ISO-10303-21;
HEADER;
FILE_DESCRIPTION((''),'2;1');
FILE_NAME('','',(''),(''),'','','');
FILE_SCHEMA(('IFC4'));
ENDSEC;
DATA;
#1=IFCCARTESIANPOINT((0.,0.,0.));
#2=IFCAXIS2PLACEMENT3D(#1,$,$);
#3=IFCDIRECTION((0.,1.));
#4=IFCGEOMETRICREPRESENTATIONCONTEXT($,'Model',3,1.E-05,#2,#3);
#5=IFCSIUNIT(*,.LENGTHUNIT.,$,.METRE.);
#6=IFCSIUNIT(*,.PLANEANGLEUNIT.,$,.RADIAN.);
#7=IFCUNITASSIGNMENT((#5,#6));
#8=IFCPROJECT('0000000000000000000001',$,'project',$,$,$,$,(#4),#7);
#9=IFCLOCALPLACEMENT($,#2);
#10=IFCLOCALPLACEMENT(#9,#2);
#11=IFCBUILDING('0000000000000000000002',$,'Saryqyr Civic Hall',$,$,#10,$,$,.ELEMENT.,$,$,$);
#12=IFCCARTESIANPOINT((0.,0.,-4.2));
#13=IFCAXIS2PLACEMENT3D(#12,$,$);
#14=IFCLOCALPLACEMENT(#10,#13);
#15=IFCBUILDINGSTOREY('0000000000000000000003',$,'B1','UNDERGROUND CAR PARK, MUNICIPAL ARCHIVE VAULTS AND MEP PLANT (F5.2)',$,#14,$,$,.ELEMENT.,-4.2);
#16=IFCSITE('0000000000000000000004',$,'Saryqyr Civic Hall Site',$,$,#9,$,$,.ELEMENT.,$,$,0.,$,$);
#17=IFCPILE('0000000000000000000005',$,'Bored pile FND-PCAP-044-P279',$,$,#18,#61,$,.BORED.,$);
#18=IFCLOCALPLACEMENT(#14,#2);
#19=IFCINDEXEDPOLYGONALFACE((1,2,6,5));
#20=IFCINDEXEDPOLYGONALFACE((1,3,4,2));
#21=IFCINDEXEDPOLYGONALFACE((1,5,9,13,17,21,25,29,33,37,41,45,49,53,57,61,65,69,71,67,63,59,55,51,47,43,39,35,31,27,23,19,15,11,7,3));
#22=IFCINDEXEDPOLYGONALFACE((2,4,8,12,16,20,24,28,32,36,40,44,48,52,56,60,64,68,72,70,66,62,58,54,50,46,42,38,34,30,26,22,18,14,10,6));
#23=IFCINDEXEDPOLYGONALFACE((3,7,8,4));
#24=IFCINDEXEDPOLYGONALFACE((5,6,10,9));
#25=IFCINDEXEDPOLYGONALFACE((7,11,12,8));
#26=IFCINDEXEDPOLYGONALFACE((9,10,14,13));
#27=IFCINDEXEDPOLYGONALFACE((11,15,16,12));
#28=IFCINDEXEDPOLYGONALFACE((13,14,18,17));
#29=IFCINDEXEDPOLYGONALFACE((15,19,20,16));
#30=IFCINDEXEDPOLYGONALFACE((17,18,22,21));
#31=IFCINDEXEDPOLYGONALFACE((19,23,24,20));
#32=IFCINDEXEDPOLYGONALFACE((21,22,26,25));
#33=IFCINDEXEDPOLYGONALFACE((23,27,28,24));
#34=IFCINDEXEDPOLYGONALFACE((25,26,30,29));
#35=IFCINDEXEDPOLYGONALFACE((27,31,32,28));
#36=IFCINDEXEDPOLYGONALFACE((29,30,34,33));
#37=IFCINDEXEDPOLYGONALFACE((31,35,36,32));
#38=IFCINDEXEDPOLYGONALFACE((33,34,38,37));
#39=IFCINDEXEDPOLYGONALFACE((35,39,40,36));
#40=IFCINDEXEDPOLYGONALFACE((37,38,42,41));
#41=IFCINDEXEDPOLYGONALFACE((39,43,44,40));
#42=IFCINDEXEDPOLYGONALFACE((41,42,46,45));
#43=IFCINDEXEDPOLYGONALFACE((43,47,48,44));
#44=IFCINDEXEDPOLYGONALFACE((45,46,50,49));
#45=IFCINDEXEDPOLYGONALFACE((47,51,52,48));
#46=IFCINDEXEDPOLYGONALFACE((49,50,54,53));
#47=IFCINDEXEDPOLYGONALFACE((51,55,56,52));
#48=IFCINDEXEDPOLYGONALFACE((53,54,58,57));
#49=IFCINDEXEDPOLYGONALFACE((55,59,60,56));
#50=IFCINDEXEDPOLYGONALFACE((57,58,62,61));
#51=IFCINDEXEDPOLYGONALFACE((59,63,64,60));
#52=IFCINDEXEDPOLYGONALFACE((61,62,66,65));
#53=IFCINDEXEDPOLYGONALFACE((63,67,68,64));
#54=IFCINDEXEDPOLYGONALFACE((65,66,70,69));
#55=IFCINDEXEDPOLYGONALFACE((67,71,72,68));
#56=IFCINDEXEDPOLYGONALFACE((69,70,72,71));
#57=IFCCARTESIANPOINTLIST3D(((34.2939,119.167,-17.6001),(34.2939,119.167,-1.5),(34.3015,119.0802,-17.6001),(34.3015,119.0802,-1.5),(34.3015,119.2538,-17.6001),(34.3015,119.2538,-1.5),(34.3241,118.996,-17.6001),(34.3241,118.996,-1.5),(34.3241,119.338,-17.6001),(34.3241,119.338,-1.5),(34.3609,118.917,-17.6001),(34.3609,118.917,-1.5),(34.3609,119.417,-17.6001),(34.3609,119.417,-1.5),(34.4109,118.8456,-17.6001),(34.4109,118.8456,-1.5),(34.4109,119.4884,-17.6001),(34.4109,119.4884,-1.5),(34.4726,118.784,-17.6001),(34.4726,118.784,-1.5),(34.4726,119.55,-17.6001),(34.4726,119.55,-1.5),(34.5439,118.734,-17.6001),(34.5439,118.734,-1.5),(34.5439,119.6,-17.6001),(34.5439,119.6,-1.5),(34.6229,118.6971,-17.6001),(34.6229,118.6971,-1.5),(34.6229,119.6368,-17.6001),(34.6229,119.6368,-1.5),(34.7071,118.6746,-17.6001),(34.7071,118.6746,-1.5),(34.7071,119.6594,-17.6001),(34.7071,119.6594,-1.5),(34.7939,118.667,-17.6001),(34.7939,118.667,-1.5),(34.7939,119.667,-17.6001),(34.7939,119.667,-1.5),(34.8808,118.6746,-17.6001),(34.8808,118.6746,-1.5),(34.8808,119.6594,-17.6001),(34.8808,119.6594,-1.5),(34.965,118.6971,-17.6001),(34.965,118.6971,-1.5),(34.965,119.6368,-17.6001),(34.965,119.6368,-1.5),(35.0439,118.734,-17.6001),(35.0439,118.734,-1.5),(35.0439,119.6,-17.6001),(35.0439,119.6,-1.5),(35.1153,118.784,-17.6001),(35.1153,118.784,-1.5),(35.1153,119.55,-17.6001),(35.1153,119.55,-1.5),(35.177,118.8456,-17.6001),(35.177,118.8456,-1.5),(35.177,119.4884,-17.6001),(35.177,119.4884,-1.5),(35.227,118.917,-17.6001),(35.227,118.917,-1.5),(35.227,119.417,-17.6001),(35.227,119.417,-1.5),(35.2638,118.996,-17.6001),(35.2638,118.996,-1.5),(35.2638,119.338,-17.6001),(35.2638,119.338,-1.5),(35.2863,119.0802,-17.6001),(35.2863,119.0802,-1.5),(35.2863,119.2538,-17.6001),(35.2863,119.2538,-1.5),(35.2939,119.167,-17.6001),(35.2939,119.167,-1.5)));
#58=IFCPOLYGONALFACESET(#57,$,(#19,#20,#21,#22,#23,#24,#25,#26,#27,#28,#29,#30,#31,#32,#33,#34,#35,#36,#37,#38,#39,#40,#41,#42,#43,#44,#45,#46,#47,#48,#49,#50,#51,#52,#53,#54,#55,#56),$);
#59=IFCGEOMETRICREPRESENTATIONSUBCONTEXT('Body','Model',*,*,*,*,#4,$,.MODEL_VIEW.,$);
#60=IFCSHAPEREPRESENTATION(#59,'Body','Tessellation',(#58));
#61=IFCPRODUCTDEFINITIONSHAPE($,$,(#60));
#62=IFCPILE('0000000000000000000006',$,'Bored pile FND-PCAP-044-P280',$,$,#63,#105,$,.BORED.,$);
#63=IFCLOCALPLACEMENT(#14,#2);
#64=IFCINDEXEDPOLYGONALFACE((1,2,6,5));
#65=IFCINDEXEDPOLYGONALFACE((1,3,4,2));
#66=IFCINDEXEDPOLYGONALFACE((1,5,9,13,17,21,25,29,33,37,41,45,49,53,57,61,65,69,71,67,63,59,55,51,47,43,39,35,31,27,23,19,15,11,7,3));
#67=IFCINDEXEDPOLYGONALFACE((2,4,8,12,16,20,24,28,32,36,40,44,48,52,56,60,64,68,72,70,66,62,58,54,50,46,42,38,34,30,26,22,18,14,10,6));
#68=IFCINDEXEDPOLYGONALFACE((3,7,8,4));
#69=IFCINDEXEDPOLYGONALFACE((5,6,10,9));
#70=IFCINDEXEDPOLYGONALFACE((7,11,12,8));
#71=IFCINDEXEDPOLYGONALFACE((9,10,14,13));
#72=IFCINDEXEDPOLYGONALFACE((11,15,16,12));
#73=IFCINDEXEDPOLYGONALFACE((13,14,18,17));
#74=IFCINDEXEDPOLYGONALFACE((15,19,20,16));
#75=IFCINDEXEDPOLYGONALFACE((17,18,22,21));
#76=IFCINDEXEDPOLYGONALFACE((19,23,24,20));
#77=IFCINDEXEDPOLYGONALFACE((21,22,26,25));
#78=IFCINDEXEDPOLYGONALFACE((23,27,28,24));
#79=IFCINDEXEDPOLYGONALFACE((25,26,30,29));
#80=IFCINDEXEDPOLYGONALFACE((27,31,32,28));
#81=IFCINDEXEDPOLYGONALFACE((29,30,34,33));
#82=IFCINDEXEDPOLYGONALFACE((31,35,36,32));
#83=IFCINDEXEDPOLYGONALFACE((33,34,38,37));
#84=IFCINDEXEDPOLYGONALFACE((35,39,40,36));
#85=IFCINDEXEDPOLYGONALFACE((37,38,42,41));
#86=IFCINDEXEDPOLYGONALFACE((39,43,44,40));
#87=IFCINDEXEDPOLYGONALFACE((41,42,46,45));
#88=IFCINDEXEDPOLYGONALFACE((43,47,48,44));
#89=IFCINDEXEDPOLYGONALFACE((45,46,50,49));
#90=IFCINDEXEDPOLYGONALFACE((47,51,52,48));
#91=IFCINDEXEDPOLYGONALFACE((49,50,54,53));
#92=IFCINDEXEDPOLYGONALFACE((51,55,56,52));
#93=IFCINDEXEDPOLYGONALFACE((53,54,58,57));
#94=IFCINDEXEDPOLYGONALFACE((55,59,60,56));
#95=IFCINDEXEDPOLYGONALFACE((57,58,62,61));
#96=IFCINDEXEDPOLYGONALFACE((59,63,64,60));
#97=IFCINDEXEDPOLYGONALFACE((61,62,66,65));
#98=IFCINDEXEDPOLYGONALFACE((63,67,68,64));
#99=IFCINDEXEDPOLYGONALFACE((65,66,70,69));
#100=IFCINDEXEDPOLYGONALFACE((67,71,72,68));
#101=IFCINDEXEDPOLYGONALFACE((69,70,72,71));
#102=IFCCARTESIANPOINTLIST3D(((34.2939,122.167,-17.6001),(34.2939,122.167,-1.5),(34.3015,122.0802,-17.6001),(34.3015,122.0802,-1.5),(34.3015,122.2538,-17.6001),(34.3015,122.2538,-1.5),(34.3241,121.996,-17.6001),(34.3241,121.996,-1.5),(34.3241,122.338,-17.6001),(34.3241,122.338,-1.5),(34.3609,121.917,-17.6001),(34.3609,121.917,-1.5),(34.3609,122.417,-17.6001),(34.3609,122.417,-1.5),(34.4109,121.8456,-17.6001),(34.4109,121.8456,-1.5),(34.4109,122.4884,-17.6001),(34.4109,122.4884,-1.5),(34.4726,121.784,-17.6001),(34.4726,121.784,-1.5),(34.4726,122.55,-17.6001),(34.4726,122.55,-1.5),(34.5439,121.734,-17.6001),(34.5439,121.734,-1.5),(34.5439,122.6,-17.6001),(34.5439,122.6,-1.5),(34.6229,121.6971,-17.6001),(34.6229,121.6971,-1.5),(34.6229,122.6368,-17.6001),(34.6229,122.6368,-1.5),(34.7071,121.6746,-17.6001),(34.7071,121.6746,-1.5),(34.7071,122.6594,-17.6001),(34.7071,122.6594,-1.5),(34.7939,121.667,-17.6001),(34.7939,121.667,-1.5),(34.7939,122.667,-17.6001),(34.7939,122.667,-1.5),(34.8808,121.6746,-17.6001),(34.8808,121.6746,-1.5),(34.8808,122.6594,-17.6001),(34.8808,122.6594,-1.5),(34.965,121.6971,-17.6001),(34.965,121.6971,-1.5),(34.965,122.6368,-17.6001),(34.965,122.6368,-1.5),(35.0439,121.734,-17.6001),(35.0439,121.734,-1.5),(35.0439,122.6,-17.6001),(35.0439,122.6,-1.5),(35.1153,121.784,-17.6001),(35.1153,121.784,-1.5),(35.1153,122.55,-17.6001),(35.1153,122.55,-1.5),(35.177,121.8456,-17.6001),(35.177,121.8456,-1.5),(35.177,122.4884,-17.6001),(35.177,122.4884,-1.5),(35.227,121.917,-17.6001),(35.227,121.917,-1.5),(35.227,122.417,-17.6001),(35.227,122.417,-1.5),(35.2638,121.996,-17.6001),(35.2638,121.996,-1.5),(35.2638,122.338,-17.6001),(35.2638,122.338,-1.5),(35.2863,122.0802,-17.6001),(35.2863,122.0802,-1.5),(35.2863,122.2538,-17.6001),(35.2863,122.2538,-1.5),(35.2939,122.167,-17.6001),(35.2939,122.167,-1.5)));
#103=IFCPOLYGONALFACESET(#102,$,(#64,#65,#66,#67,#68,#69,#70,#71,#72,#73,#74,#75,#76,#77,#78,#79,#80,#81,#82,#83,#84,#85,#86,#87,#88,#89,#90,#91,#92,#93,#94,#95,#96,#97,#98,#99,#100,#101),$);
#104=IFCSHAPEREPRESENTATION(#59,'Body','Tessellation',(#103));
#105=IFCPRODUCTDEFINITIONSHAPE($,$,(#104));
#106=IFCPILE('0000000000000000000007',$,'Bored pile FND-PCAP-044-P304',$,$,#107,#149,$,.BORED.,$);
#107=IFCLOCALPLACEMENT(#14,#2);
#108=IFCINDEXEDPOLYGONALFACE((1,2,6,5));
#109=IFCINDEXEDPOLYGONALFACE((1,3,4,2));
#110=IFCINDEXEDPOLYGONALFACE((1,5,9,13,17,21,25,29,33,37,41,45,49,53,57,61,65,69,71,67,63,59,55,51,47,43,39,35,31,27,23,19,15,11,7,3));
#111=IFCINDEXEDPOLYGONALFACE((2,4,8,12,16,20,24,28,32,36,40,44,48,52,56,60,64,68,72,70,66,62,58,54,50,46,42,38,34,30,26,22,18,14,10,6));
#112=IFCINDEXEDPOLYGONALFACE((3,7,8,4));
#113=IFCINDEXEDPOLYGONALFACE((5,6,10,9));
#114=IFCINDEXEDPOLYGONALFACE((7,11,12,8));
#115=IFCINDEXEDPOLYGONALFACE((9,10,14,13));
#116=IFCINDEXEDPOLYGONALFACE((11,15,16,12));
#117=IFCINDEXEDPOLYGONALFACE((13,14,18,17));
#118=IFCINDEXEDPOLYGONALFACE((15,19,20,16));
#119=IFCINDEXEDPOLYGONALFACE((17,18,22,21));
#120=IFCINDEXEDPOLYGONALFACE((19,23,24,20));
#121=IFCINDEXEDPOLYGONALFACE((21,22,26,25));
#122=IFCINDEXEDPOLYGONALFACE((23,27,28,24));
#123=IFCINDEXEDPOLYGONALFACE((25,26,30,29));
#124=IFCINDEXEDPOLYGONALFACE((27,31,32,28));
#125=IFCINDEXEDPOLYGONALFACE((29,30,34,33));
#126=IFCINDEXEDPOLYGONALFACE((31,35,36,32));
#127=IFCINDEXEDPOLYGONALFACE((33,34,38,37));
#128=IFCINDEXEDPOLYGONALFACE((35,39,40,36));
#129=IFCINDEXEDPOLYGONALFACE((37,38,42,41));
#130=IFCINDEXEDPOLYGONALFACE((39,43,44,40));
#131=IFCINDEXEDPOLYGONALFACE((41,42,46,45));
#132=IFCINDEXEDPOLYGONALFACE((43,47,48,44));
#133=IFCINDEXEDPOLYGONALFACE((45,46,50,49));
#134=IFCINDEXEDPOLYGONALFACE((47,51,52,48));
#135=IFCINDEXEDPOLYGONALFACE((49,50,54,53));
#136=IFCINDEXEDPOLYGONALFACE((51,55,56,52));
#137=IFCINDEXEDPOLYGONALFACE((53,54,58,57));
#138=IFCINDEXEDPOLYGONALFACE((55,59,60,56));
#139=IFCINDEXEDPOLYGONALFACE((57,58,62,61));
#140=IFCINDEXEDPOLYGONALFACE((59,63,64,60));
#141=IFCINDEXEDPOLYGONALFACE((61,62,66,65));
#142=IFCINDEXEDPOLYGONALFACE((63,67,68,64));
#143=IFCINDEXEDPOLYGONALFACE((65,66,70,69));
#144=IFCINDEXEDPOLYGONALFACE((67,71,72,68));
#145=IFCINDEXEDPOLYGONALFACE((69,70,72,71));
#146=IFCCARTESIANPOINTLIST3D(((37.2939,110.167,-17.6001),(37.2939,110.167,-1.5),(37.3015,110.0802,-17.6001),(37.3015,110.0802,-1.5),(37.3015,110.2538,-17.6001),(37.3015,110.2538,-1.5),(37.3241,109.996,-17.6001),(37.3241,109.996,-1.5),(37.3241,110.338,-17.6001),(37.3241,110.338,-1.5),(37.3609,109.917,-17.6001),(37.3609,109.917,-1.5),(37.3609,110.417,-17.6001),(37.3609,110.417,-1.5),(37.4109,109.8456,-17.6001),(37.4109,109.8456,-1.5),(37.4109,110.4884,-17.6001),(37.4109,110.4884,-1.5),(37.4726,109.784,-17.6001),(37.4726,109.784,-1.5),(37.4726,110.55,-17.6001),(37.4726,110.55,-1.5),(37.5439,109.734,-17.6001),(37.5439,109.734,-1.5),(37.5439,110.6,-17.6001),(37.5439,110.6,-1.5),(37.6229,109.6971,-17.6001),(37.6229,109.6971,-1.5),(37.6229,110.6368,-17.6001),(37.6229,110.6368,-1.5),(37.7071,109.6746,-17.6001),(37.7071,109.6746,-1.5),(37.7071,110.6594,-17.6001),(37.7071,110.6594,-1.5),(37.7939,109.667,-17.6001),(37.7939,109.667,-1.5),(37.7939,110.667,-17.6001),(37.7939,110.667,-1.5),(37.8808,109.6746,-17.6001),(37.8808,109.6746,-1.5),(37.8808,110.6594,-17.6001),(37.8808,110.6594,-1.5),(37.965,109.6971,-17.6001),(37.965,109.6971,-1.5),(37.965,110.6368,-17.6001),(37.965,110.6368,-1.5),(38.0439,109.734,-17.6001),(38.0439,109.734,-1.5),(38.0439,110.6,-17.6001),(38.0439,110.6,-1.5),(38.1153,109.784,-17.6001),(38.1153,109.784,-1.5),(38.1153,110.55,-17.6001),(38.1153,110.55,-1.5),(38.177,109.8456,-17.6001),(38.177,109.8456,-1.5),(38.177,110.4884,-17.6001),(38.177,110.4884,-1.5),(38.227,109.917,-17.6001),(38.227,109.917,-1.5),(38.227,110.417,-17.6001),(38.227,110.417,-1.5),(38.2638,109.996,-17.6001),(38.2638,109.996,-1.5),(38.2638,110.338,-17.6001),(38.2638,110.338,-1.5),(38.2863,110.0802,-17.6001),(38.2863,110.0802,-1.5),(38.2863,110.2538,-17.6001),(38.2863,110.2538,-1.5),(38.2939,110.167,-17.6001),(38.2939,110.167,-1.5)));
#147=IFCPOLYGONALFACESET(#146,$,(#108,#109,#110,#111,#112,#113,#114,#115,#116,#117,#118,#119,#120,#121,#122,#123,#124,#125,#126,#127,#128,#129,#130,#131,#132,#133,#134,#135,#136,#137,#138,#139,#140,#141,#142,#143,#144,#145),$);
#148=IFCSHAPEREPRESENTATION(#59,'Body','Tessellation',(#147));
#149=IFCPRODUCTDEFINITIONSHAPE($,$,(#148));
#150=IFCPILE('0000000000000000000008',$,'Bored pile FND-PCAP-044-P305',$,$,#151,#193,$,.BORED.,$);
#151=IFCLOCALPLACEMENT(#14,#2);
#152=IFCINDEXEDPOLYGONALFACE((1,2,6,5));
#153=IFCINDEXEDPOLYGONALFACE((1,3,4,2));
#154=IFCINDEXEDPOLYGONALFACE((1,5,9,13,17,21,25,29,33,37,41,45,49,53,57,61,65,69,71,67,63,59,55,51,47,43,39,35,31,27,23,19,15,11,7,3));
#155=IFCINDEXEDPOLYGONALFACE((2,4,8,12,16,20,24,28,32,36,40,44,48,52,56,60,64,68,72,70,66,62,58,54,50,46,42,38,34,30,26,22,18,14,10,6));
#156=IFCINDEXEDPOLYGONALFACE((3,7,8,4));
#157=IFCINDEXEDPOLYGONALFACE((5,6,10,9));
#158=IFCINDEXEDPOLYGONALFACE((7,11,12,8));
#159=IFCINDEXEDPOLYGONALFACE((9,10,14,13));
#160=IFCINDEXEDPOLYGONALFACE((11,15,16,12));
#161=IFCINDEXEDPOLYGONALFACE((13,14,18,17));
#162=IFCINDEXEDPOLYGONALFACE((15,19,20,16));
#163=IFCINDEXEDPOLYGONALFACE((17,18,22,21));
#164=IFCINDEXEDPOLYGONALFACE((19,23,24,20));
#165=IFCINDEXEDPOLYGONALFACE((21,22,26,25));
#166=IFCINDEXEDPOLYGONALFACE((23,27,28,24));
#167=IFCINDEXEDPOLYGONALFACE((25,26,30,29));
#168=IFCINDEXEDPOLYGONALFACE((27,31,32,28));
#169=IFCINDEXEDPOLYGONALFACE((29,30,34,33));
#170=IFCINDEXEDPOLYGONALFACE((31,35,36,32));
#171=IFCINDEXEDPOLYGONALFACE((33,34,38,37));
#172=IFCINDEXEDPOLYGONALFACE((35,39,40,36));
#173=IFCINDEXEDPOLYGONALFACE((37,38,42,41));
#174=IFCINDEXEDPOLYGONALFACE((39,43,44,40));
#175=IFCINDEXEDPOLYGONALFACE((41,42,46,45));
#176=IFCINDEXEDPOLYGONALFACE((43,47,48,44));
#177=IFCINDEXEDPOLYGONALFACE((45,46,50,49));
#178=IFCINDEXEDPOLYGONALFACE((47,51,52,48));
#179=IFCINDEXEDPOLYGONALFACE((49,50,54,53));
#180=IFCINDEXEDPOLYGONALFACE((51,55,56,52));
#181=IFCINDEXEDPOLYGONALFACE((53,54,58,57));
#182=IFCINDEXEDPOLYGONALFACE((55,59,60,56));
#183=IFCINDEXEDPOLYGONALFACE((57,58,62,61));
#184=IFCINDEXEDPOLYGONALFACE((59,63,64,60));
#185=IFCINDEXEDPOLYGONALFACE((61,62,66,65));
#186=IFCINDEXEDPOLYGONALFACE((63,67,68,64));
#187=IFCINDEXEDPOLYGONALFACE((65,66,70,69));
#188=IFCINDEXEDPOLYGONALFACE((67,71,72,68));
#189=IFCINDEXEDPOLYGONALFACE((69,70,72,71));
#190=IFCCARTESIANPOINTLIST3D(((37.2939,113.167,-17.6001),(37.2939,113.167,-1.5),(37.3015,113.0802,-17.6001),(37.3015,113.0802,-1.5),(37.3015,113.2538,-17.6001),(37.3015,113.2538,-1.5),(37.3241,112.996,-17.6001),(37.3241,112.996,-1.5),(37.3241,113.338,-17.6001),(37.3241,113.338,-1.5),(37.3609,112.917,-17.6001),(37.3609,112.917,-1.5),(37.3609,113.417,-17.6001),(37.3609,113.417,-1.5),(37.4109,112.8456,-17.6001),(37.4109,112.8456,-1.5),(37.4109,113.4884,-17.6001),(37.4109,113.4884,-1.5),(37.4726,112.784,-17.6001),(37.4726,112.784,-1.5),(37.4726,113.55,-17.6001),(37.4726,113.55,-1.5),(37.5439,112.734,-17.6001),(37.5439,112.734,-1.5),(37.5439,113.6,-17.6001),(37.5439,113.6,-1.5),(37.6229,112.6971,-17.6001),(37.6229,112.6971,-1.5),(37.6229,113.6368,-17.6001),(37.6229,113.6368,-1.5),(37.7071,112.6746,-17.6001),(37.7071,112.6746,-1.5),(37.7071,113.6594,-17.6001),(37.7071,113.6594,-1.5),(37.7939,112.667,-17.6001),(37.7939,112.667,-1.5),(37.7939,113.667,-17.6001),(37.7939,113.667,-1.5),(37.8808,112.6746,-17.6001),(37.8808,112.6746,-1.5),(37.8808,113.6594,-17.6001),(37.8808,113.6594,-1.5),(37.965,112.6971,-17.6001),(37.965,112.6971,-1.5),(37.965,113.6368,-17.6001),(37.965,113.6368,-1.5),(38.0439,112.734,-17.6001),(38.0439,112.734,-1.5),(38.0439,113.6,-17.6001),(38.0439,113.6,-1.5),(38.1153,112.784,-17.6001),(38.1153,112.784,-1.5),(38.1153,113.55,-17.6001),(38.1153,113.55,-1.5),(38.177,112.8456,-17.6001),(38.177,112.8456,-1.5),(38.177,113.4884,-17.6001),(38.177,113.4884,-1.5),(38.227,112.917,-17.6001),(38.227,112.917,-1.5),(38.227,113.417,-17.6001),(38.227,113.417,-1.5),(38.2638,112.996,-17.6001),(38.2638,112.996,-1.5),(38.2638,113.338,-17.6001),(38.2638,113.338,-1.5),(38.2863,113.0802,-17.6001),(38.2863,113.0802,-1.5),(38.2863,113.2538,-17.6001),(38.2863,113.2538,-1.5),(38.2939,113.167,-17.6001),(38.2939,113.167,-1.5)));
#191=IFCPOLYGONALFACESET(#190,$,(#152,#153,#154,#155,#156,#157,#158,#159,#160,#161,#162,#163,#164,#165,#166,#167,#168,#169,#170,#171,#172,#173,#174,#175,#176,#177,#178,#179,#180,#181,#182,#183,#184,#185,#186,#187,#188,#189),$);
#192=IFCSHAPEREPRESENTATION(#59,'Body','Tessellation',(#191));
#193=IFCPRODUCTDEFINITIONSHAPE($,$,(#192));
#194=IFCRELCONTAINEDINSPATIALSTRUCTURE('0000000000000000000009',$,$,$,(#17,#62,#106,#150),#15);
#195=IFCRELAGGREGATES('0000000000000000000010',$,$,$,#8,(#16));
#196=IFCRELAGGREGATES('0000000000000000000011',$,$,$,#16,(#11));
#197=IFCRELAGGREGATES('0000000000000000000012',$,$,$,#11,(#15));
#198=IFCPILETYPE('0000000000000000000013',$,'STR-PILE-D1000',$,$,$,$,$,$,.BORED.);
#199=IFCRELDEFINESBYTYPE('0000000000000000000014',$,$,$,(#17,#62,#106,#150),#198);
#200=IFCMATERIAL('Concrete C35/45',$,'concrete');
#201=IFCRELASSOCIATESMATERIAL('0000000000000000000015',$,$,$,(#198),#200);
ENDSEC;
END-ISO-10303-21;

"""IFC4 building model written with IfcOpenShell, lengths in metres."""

from ifc_helpers import new_model, si_unit, direction, frame, origin, origin_2d, place, context, subcontext, project, spatial, circle, extrude, material, material_profile, profile_set, type_object, element, save


model = new_model("IFC4")

# Units and contexts
model_context = context("Model", 3, precision=1e-05, world=origin(), true_north=direction((0.0, 1.0)))
body_context = subcontext(model_context, "Body", "Model", "MODEL_VIEW")
ifc_project = project(units=[si_unit("LENGTHUNIT", "METRE"), si_unit("PLANEANGLEUNIT", "RADIAN")], contexts=[model_context])

# Site, building, storey
site_placement = place(None, origin())
site = spatial("IfcSite", under=ifc_project, at=site_placement, Name="Saryqyr Civic Hall Site", CompositionType="ELEMENT", RefElevation=0.0)
building_placement = place(site_placement, origin())
building = spatial("IfcBuilding", under=site, at=building_placement, Name="Saryqyr Civic Hall", CompositionType="ELEMENT")
storey_placement = place(building_placement, frame((0.0, 0.0, -4.2)))
storey = spatial("IfcBuildingStorey", under=building, at=storey_placement, Name="B1", Description="UNDERGROUND CAR PARK, MUNICIPAL ARCHIVE VAULTS AND MEP PLANT (F5.2)", CompositionType="ELEMENT", Elevation=-4.2)

# Piles
ifc_material_1 = material(Name="Concrete C35/45", Category="concrete")
ifc_material_profile_1 = material_profile(ifc_material_1, circle(Radius=0.5, at=origin_2d()), Name="BORED PILE D1000")
ifc_profile_set_1 = profile_set([ifc_material_profile_1], Name="Concrete C35/45")
pile_type = type_object("IfcPileType", Name="STR-PILE-D1000", PredefinedType="BORED", material=ifc_profile_set_1)
for number, where, z_axis, x_axis, name in (
    (1, (34.7939, 119.167, -1.5), (0.0, 0.0, -1.0), (1.0, 0.0, 0.0), "Bored pile FND-PCAP-044-P279"),
    (2, (34.7939, 122.167, -1.5), (0.0, 0.0, -1.0), (1.0, 0.0, 0.0), "Bored pile FND-PCAP-044-P280"),
    (3, (37.7939, 110.167, -1.5), (0.0, 0.0, -1.0), (1.0, 0.0, 0.0), "Bored pile FND-PCAP-044-P304"),
    (4, (37.7939, 113.167, -1.5), (0.0, 0.0, -1.0), (1.0, 0.0, 0.0), "Bored pile FND-PCAP-044-P305"),
):
    element("IfcPile", number, at=place(storey_placement, frame(where, z_axis=z_axis, x_axis=x_axis)), inside=storey, type_object=pile_type, Name=name, PredefinedType="BORED", context=body_context, shape_type="SweptSolid", body=[
        extrude(circle(Radius=0.5, at=origin_2d()), origin(), (0.0, 0.0, 1.0), 16.1001),
    ])

save(model, "model.ifc")
